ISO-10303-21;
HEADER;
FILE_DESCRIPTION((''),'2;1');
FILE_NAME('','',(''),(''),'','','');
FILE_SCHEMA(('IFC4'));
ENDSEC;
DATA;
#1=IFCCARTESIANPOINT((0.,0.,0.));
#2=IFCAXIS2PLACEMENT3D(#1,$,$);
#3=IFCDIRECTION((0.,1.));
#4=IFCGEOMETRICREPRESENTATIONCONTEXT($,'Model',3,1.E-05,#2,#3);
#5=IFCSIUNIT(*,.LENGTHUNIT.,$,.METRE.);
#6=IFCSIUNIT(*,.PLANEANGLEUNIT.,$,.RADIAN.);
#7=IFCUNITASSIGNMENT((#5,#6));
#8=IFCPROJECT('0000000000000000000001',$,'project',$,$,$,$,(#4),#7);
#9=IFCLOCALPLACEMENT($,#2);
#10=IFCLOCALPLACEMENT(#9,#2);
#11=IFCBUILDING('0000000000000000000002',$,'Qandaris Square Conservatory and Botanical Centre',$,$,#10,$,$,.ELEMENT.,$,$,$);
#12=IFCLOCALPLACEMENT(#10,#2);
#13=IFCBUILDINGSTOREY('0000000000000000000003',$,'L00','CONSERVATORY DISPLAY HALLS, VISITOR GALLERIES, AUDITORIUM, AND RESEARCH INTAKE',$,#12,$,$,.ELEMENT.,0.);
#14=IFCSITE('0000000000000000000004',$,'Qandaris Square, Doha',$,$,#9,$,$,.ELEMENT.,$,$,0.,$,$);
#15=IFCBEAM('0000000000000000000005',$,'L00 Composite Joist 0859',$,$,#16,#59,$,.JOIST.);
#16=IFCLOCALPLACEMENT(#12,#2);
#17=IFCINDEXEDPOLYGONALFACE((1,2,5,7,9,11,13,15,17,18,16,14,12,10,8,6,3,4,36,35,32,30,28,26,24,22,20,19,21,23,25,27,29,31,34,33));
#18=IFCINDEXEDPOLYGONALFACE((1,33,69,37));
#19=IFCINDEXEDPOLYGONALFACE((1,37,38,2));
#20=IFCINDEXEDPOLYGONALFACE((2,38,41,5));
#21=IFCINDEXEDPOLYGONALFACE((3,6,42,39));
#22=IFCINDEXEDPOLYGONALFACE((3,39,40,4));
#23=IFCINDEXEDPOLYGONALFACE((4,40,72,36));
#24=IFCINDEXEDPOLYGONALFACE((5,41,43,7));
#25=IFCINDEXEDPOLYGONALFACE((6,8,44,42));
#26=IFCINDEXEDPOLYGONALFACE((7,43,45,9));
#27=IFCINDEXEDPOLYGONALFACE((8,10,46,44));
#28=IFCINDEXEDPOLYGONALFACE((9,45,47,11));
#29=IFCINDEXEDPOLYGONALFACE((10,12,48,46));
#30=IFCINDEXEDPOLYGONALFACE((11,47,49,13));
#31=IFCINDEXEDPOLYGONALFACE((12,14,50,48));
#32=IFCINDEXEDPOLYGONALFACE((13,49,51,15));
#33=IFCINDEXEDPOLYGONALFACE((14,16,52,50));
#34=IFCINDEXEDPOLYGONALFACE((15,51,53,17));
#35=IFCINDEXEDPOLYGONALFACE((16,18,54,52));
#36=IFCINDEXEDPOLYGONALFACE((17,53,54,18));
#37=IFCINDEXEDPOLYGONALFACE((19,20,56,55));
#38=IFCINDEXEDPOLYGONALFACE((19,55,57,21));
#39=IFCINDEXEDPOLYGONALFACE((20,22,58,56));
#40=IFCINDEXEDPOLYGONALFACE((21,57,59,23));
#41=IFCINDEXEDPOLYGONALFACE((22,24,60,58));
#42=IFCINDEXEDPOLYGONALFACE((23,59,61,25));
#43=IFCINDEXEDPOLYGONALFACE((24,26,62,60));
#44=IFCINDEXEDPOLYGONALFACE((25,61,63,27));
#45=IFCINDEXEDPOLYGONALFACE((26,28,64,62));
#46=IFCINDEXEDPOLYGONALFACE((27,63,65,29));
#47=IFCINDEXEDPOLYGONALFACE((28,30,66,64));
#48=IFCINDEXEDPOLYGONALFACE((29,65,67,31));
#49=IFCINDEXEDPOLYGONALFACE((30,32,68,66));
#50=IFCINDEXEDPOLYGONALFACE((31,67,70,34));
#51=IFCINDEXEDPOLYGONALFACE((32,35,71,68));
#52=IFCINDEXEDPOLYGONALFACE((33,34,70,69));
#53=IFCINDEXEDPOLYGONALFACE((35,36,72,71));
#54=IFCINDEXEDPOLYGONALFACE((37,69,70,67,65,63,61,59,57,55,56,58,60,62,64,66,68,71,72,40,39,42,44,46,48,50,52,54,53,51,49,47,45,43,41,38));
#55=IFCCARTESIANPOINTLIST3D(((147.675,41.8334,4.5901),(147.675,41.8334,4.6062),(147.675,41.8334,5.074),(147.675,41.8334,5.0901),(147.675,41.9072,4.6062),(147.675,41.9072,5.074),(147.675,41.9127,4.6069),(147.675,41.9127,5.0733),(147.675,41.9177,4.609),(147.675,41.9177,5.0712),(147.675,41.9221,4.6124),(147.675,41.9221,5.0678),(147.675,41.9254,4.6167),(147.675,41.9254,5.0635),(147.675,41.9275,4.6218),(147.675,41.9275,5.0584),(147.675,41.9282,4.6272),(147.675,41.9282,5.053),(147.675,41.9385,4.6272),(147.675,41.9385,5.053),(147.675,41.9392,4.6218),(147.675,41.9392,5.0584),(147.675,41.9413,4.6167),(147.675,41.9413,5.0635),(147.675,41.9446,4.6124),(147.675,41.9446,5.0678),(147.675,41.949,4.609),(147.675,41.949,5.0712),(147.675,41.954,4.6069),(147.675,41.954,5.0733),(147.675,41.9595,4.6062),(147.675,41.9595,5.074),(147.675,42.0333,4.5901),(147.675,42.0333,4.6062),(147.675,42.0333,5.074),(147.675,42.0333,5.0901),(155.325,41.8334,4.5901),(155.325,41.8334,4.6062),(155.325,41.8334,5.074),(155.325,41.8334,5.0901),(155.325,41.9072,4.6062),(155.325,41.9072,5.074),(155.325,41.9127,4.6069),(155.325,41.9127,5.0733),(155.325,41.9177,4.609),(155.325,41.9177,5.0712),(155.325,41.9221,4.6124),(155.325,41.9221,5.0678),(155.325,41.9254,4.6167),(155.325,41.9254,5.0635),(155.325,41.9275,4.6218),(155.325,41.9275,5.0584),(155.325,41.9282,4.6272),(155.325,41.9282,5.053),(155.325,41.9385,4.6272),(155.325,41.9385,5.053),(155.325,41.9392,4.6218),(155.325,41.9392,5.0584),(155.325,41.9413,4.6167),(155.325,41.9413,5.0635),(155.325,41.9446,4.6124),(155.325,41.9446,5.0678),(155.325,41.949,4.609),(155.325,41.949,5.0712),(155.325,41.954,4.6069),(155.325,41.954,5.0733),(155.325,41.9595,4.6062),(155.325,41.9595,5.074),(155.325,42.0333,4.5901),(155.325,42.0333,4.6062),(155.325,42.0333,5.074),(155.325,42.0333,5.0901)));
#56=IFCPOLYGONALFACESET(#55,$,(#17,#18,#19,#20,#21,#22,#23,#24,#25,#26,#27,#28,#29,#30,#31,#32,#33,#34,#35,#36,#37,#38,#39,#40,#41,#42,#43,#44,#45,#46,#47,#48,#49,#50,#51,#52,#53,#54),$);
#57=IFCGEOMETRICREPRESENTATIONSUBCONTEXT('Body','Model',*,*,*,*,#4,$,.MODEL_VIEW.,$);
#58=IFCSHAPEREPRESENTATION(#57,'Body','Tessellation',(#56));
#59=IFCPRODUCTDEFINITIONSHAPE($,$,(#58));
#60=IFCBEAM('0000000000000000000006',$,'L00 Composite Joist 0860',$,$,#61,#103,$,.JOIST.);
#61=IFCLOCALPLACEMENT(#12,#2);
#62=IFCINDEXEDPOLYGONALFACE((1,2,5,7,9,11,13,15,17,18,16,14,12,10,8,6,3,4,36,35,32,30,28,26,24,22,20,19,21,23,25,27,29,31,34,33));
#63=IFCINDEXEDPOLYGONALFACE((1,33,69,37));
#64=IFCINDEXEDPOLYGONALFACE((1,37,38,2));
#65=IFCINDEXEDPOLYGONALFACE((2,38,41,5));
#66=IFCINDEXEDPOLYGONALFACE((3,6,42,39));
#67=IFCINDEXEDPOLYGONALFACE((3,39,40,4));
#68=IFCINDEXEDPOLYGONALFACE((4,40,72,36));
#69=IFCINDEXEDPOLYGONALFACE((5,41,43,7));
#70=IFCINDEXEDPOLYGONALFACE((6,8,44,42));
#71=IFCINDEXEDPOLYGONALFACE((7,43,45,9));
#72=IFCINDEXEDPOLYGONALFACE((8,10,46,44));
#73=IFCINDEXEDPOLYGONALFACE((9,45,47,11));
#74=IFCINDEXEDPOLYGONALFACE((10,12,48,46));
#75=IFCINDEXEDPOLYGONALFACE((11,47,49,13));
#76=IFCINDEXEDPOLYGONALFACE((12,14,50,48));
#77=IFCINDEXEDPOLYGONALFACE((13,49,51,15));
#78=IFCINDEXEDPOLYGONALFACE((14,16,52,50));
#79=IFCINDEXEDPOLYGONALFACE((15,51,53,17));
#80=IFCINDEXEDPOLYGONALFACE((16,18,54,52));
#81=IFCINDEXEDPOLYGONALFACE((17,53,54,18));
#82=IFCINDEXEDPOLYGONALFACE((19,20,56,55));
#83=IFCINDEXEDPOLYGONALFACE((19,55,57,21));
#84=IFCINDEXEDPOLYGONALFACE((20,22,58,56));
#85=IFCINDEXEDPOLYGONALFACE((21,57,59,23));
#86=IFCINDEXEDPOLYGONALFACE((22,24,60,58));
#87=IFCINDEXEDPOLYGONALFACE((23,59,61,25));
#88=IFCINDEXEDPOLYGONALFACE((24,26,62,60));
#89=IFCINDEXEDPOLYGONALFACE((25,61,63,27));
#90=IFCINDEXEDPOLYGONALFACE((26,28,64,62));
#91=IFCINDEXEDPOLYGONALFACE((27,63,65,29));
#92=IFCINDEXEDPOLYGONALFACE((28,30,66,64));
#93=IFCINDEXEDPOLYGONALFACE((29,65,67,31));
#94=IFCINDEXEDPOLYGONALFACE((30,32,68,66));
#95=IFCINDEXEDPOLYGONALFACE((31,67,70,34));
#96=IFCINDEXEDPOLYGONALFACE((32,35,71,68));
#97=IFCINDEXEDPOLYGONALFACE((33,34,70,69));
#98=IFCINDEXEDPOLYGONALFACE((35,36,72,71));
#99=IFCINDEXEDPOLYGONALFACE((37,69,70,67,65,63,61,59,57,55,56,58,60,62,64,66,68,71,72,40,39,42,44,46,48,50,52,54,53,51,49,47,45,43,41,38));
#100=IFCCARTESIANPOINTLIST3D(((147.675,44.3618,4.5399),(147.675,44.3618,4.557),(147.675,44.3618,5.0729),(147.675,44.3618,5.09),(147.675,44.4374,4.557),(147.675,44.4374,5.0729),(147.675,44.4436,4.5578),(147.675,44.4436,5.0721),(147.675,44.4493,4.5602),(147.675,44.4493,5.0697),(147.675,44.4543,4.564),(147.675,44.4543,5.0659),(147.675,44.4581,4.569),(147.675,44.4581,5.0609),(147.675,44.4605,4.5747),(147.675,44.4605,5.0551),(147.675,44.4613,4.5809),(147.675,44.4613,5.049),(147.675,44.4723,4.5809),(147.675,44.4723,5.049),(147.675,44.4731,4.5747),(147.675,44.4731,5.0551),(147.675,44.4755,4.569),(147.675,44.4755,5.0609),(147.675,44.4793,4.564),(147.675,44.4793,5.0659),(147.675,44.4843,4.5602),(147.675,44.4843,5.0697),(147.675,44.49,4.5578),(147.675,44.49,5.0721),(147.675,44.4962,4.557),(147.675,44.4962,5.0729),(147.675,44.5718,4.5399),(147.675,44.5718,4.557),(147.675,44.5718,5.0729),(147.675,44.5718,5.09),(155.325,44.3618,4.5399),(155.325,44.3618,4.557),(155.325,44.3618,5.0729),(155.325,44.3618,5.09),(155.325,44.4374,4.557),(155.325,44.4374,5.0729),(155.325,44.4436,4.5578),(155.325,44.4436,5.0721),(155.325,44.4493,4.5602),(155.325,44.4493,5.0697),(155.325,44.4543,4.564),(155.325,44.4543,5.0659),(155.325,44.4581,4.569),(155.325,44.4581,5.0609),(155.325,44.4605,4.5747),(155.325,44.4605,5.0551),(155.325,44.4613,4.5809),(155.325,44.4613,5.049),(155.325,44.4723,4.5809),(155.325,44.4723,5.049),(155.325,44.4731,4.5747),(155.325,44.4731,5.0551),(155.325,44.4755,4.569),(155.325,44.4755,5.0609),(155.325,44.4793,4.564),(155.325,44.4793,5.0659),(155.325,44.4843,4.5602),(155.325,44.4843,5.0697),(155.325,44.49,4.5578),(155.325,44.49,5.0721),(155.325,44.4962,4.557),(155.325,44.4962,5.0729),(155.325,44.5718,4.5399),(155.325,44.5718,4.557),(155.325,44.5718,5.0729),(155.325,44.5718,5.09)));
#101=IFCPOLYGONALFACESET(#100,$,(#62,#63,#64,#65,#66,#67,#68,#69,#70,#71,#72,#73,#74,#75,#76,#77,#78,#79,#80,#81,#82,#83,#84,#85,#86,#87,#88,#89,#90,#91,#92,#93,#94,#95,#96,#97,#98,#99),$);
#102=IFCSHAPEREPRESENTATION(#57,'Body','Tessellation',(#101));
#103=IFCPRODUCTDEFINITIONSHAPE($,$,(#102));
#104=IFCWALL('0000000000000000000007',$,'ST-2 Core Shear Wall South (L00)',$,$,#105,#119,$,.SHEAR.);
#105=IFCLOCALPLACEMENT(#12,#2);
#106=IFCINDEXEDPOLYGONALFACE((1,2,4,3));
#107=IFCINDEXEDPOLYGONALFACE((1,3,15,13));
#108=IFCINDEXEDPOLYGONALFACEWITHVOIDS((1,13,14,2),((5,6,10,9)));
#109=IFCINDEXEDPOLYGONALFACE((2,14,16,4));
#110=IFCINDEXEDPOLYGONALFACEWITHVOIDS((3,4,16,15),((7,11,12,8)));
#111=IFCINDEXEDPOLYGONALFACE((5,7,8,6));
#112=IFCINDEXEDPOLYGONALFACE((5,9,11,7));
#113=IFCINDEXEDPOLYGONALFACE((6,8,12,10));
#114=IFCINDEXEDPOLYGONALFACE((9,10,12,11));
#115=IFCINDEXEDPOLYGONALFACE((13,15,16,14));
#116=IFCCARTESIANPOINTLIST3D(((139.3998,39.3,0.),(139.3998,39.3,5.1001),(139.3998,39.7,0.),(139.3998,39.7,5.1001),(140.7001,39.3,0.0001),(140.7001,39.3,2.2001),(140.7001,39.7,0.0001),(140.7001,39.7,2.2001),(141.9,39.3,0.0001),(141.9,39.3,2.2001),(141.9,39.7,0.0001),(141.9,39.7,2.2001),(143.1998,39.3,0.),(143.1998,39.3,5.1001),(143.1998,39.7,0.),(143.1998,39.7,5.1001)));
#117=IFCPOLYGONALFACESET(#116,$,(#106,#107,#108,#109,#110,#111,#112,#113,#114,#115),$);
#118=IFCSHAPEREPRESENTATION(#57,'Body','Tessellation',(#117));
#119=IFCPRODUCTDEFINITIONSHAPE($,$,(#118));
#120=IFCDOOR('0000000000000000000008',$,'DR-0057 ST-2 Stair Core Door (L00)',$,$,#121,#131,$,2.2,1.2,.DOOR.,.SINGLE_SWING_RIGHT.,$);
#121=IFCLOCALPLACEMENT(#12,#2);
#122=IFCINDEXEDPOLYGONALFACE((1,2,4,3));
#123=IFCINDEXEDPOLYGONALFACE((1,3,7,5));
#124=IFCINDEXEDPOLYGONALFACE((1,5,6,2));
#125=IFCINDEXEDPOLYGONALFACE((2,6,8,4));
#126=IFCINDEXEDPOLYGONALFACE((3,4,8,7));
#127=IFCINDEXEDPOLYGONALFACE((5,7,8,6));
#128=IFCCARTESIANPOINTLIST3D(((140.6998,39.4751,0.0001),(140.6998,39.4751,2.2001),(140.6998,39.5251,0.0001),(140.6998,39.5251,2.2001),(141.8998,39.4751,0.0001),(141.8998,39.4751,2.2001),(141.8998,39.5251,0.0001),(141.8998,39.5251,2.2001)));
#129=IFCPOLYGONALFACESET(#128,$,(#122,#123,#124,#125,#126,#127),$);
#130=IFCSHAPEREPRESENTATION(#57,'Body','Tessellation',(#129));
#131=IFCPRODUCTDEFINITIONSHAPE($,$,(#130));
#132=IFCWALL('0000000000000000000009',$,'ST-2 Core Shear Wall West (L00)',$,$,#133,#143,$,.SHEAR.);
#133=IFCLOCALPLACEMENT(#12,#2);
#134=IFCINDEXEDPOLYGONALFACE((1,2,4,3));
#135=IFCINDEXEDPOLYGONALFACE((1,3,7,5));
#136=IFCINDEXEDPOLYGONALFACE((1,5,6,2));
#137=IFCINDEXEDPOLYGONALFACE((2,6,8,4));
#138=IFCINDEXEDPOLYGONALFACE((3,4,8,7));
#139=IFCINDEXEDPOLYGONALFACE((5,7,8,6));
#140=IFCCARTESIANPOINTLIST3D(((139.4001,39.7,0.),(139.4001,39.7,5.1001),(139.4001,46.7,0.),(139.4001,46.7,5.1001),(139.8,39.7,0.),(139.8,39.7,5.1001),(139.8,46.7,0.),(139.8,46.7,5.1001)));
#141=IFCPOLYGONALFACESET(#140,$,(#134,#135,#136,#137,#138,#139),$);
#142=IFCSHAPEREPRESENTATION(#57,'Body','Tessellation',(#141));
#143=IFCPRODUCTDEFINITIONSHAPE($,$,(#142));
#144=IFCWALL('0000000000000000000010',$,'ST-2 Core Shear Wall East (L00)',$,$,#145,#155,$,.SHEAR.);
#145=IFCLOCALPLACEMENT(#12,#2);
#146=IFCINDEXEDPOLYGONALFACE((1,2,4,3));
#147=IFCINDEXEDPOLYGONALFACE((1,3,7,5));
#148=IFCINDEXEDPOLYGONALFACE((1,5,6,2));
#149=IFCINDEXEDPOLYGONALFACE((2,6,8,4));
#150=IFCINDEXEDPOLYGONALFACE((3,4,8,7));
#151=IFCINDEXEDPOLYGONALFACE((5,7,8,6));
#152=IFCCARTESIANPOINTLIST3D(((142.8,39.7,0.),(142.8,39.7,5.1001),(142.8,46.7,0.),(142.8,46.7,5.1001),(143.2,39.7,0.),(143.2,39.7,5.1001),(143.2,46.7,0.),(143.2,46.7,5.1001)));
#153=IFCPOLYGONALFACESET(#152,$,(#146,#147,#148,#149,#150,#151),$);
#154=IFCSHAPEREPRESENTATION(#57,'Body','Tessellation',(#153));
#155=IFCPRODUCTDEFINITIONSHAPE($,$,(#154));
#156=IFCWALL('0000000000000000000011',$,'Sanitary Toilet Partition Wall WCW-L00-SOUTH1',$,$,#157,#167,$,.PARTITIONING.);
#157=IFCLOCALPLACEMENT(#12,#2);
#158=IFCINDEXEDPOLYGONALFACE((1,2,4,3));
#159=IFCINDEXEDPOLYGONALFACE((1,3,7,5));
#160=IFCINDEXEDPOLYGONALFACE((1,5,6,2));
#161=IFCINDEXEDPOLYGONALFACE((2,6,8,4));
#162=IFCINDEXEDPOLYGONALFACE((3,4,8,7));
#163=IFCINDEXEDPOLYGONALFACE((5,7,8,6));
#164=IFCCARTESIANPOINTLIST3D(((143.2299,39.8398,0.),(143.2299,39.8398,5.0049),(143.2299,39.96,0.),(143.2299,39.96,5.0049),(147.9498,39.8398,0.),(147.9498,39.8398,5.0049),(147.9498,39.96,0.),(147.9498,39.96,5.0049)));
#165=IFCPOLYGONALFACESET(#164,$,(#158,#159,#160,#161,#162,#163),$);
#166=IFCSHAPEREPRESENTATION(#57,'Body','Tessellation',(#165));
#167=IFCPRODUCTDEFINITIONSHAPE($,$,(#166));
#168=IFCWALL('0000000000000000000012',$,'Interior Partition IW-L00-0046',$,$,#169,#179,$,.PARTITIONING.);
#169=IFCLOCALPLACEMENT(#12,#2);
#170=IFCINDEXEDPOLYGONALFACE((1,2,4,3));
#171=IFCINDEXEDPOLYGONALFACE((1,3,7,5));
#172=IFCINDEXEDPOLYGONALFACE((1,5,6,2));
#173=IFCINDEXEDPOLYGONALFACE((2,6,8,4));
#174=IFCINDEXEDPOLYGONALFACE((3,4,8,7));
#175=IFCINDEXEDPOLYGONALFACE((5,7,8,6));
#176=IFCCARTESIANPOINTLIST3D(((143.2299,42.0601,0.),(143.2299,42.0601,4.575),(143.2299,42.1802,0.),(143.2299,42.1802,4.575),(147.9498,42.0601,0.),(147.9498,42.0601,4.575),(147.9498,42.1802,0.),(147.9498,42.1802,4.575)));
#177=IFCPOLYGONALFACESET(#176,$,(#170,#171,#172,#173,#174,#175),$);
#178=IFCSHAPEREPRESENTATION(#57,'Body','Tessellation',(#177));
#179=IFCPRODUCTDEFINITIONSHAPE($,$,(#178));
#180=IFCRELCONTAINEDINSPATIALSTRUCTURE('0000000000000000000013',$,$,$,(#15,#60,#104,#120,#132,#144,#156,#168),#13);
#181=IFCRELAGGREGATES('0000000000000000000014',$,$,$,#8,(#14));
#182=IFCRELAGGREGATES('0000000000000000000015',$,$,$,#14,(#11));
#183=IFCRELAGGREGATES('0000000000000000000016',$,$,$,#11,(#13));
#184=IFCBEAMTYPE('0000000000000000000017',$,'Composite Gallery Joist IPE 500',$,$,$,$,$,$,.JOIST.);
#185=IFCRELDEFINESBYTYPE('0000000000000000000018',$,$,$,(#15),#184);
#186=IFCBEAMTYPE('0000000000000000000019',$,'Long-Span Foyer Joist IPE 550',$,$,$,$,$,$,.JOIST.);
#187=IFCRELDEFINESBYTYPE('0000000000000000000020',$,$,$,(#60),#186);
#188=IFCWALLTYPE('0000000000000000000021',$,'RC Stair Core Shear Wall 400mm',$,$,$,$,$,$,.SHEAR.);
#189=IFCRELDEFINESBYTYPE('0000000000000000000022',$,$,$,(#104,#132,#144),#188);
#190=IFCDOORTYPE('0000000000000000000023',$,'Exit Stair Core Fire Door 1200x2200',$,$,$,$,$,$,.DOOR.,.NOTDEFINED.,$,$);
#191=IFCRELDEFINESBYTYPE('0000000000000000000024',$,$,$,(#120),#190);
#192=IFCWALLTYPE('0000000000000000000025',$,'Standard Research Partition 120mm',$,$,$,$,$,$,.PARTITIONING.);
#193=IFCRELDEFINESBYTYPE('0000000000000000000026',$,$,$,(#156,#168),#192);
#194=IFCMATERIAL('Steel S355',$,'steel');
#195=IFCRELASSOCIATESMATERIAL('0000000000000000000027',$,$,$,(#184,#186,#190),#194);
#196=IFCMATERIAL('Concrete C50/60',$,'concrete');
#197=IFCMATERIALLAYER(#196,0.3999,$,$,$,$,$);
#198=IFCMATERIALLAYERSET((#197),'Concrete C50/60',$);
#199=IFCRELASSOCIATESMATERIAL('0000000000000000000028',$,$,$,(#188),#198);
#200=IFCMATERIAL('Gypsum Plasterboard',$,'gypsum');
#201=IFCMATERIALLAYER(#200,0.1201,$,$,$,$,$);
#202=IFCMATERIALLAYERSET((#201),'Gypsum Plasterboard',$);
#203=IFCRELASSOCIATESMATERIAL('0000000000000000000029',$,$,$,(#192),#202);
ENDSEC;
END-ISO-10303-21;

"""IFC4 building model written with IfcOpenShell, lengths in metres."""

from ifc_helpers import new_model, si_unit, direction, frame, frame_2d, origin, origin_2d, place, context, subcontext, project, spatial, rectangle, i_section, extrude, material, layer, layer_set, material_profile, profile_set, type_object, element, fill, save


model = new_model("IFC4")

# Units and contexts
model_context = context("Model", 3, precision=1e-05, world=origin(), true_north=direction((0.0, 1.0)))
body_context = subcontext(model_context, "Body", "Model", "MODEL_VIEW")
ifc_project = project(units=[si_unit("LENGTHUNIT", "METRE"), si_unit("PLANEANGLEUNIT", "RADIAN")], contexts=[model_context])

# Site, building, storey
site_placement = place(None, origin())
site = spatial("IfcSite", under=ifc_project, at=site_placement, Name="Qandaris Square, Doha", CompositionType="ELEMENT", RefElevation=0.0)
building_placement = place(site_placement, origin())
building = spatial("IfcBuilding", under=site, at=building_placement, Name="Qandaris Square Conservatory and Botanical Centre", CompositionType="ELEMENT")
storey_placement = place(building_placement, origin())
storey = spatial("IfcBuildingStorey", under=building, at=storey_placement, Name="L00", Description="CONSERVATORY DISPLAY HALLS, VISITOR GALLERIES, AUDITORIUM, AND RESEARCH INTAKE", CompositionType="ELEMENT", Elevation=0.0)

# Beams
ifc_material_1 = material(Name="Steel S355", Category="steel")
ifc_material_profile_1 = material_profile(ifc_material_1, i_section(OverallWidth=0.2, OverallDepth=0.5, WebThickness=0.0103, FlangeThickness=0.0161, FilletRadius=0.021, at=origin_2d()), Name="IPE 500")
ifc_profile_set_1 = profile_set([ifc_material_profile_1], Name="Steel S355")
beam_type_1 = type_object("IfcBeamType", Name="Composite Gallery Joist IPE 500", PredefinedType="JOIST", material=ifc_profile_set_1)
beam_1_placement = place(storey_placement, frame((147.675, 41.9333, 4.8401), z_axis=(1.0, 0.0, 0.0), x_axis=(0.0, 1.0, 0.0)))
element("IfcBeam", 1, at=beam_1_placement, inside=storey, type_object=beam_type_1, Name="L00 Composite Joist 0859", PredefinedType="JOIST", context=body_context, shape_type="SweptSolid", body=[
    extrude(i_section(OverallWidth=0.2, OverallDepth=0.5, WebThickness=0.0103, FlangeThickness=0.0161, FilletRadius=0.021, at=origin_2d()), origin(), (0.0, 0.0, 1.0), 7.6499),
])
ifc_material_profile_2 = material_profile(ifc_material_1, i_section(OverallWidth=0.21, OverallDepth=0.55, WebThickness=0.011, FlangeThickness=0.0171, FilletRadius=0.0239, at=origin_2d()), Name="IPE 550")
ifc_profile_set_2 = profile_set([ifc_material_profile_2], Name="Steel S355")
beam_type_2 = type_object("IfcBeamType", Name="Long-Span Foyer Joist IPE 550", PredefinedType="JOIST", material=ifc_profile_set_2)
beam_2_placement = place(storey_placement, frame((147.675, 44.4668, 4.8149), z_axis=(1.0, 0.0, 0.0), x_axis=(0.0, 1.0, 0.0)))
element("IfcBeam", 2, at=beam_2_placement, inside=storey, type_object=beam_type_2, Name="L00 Composite Joist 0860", PredefinedType="JOIST", context=body_context, shape_type="SweptSolid", body=[
    extrude(i_section(OverallWidth=0.21, OverallDepth=0.55, WebThickness=0.011, FlangeThickness=0.0171, FilletRadius=0.0239, at=origin_2d()), origin(), (0.0, 0.0, 1.0), 7.6499),
])

# Wall, opening, door
ifc_material_2 = material(Name="Concrete C50/60", Category="concrete")
ifc_layer_1 = layer(ifc_material_2, 0.3999)
ifc_layer_set_1 = layer_set([ifc_layer_1], Name="Concrete C50/60")
wall_type_1 = type_object("IfcWallType", Name="RC Stair Core Shear Wall 400mm", PredefinedType="SHEAR", material=ifc_layer_set_1)
wall_1_placement = place(storey_placement, frame((139.3999, 39.5, 0.0), z_axis=(0.0, 0.0, 1.0), x_axis=(1.0, 0.0, 0.0)))
wall_1 = element("IfcWall", 3, at=wall_1_placement, inside=storey, type_object=wall_type_1, Name="ST-2 Core Shear Wall South (L00)", PredefinedType="SHEAR", context=body_context, shape_type="SweptSolid", body=[
    extrude(rectangle(XDim=3.8, YDim=0.3999, at=frame_2d((1.8999, 0.0))), origin(), (0.0, 0.0, 1.0), 5.1001),
])
opening_1_placement = place(wall_1_placement, frame((1.3, 0.0, 0.0)))
opening_1 = element("IfcOpeningElement", 4, at=opening_1_placement, cuts=wall_1, PredefinedType="OPENING", context=body_context, shape_type="SweptSolid", body=[
    extrude(rectangle(XDim=1.2, YDim=2.2, at=frame_2d((0.6001, 1.1001))), frame((0.0, 0.2119, 0.0), z_axis=(0.0, -1.0, 0.0), x_axis=(1.0, 0.0, 0.0)), (0.0, 0.0, 1.0), 0.4238),
])
door_type_1 = type_object("IfcDoorType", Name="Exit Stair Core Fire Door 1200x2200", OperationType="NOTDEFINED", PredefinedType="DOOR", material=ifc_material_1)
door_1_placement = place(opening_1_placement, frame((1.2, 0.0, 0.0), z_axis=(0.0, 0.0, 1.0), x_axis=(-1.0, 0.0, 0.0)))
door_1 = element("IfcDoor", 5, at=door_1_placement, inside=storey, type_object=door_type_1, Name="DR-0057 ST-2 Stair Core Door (L00)", OperationType="SINGLE_SWING_RIGHT", OverallHeight=2.2, OverallWidth=1.2, PredefinedType="DOOR", context=body_context, shape_type="SweptSolid", body=[
    extrude(rectangle(XDim=1.2, YDim=2.2, at=frame_2d((0.6001, 1.1001))), frame((0.0, 0.0249, 0.0), z_axis=(0.0, -1.0, 0.0), x_axis=(1.0, 0.0, 0.0)), (0.0, 0.0, 1.0), 0.05),
])
fill(opening_1, door_1)

# Walls
for number, where, z_axis, x_axis, name in (
    (6, (139.6001, 39.7, 0.0), (0.0, 0.0, 1.0), (0.0, 1.0, 0.0), "ST-2 Core Shear Wall West (L00)"),
    (7, (143.0, 39.7, 0.0), (0.0, 0.0, 1.0), (0.0, 1.0, 0.0), "ST-2 Core Shear Wall East (L00)"),
):
    element("IfcWall", number, at=place(storey_placement, frame(where, z_axis=z_axis, x_axis=x_axis)), inside=storey, type_object=wall_type_1, Name=name, PredefinedType="SHEAR", context=body_context, shape_type="SweptSolid", body=[
        extrude(rectangle(XDim=7.0, YDim=0.3999, at=frame_2d((3.5, 0.0))), origin(), (0.0, 0.0, 1.0), 5.1001),
    ])
ifc_material_3 = material(Name="Gypsum Plasterboard", Category="gypsum")
ifc_layer_2 = layer(ifc_material_3, 0.1201)
ifc_layer_set_2 = layer_set([ifc_layer_2], Name="Gypsum Plasterboard")
wall_type_2 = type_object("IfcWallType", Name="Standard Research Partition 120mm", PredefinedType="PARTITIONING", material=ifc_layer_set_2)
wall_2_placement = place(storey_placement, frame((143.23, 39.8999, 0.0), z_axis=(0.0, 0.0, 1.0), x_axis=(1.0, 0.0, 0.0)))
element("IfcWall", 8, at=wall_2_placement, inside=storey, type_object=wall_type_2, Name="Sanitary Toilet Partition Wall WCW-L00-SOUTH1", PredefinedType="PARTITIONING", context=body_context, shape_type="SweptSolid", body=[
    extrude(rectangle(XDim=4.72, YDim=0.1201, at=frame_2d((2.3599, 0.0))), origin(), (0.0, 0.0, 1.0), 5.0049),
])
wall_3_placement = place(storey_placement, frame((143.23, 42.1201, 0.0), z_axis=(0.0, 0.0, 1.0), x_axis=(1.0, 0.0, 0.0)))
element("IfcWall", 9, at=wall_3_placement, inside=storey, type_object=wall_type_2, Name="Interior Partition IW-L00-0046", PredefinedType="PARTITIONING", context=body_context, shape_type="SweptSolid", body=[
    extrude(rectangle(XDim=4.72, YDim=0.1201, at=frame_2d((2.3599, 0.0))), origin(), (0.0, 0.0, 1.0), 4.575),
])

save(model, "model.ifc")
